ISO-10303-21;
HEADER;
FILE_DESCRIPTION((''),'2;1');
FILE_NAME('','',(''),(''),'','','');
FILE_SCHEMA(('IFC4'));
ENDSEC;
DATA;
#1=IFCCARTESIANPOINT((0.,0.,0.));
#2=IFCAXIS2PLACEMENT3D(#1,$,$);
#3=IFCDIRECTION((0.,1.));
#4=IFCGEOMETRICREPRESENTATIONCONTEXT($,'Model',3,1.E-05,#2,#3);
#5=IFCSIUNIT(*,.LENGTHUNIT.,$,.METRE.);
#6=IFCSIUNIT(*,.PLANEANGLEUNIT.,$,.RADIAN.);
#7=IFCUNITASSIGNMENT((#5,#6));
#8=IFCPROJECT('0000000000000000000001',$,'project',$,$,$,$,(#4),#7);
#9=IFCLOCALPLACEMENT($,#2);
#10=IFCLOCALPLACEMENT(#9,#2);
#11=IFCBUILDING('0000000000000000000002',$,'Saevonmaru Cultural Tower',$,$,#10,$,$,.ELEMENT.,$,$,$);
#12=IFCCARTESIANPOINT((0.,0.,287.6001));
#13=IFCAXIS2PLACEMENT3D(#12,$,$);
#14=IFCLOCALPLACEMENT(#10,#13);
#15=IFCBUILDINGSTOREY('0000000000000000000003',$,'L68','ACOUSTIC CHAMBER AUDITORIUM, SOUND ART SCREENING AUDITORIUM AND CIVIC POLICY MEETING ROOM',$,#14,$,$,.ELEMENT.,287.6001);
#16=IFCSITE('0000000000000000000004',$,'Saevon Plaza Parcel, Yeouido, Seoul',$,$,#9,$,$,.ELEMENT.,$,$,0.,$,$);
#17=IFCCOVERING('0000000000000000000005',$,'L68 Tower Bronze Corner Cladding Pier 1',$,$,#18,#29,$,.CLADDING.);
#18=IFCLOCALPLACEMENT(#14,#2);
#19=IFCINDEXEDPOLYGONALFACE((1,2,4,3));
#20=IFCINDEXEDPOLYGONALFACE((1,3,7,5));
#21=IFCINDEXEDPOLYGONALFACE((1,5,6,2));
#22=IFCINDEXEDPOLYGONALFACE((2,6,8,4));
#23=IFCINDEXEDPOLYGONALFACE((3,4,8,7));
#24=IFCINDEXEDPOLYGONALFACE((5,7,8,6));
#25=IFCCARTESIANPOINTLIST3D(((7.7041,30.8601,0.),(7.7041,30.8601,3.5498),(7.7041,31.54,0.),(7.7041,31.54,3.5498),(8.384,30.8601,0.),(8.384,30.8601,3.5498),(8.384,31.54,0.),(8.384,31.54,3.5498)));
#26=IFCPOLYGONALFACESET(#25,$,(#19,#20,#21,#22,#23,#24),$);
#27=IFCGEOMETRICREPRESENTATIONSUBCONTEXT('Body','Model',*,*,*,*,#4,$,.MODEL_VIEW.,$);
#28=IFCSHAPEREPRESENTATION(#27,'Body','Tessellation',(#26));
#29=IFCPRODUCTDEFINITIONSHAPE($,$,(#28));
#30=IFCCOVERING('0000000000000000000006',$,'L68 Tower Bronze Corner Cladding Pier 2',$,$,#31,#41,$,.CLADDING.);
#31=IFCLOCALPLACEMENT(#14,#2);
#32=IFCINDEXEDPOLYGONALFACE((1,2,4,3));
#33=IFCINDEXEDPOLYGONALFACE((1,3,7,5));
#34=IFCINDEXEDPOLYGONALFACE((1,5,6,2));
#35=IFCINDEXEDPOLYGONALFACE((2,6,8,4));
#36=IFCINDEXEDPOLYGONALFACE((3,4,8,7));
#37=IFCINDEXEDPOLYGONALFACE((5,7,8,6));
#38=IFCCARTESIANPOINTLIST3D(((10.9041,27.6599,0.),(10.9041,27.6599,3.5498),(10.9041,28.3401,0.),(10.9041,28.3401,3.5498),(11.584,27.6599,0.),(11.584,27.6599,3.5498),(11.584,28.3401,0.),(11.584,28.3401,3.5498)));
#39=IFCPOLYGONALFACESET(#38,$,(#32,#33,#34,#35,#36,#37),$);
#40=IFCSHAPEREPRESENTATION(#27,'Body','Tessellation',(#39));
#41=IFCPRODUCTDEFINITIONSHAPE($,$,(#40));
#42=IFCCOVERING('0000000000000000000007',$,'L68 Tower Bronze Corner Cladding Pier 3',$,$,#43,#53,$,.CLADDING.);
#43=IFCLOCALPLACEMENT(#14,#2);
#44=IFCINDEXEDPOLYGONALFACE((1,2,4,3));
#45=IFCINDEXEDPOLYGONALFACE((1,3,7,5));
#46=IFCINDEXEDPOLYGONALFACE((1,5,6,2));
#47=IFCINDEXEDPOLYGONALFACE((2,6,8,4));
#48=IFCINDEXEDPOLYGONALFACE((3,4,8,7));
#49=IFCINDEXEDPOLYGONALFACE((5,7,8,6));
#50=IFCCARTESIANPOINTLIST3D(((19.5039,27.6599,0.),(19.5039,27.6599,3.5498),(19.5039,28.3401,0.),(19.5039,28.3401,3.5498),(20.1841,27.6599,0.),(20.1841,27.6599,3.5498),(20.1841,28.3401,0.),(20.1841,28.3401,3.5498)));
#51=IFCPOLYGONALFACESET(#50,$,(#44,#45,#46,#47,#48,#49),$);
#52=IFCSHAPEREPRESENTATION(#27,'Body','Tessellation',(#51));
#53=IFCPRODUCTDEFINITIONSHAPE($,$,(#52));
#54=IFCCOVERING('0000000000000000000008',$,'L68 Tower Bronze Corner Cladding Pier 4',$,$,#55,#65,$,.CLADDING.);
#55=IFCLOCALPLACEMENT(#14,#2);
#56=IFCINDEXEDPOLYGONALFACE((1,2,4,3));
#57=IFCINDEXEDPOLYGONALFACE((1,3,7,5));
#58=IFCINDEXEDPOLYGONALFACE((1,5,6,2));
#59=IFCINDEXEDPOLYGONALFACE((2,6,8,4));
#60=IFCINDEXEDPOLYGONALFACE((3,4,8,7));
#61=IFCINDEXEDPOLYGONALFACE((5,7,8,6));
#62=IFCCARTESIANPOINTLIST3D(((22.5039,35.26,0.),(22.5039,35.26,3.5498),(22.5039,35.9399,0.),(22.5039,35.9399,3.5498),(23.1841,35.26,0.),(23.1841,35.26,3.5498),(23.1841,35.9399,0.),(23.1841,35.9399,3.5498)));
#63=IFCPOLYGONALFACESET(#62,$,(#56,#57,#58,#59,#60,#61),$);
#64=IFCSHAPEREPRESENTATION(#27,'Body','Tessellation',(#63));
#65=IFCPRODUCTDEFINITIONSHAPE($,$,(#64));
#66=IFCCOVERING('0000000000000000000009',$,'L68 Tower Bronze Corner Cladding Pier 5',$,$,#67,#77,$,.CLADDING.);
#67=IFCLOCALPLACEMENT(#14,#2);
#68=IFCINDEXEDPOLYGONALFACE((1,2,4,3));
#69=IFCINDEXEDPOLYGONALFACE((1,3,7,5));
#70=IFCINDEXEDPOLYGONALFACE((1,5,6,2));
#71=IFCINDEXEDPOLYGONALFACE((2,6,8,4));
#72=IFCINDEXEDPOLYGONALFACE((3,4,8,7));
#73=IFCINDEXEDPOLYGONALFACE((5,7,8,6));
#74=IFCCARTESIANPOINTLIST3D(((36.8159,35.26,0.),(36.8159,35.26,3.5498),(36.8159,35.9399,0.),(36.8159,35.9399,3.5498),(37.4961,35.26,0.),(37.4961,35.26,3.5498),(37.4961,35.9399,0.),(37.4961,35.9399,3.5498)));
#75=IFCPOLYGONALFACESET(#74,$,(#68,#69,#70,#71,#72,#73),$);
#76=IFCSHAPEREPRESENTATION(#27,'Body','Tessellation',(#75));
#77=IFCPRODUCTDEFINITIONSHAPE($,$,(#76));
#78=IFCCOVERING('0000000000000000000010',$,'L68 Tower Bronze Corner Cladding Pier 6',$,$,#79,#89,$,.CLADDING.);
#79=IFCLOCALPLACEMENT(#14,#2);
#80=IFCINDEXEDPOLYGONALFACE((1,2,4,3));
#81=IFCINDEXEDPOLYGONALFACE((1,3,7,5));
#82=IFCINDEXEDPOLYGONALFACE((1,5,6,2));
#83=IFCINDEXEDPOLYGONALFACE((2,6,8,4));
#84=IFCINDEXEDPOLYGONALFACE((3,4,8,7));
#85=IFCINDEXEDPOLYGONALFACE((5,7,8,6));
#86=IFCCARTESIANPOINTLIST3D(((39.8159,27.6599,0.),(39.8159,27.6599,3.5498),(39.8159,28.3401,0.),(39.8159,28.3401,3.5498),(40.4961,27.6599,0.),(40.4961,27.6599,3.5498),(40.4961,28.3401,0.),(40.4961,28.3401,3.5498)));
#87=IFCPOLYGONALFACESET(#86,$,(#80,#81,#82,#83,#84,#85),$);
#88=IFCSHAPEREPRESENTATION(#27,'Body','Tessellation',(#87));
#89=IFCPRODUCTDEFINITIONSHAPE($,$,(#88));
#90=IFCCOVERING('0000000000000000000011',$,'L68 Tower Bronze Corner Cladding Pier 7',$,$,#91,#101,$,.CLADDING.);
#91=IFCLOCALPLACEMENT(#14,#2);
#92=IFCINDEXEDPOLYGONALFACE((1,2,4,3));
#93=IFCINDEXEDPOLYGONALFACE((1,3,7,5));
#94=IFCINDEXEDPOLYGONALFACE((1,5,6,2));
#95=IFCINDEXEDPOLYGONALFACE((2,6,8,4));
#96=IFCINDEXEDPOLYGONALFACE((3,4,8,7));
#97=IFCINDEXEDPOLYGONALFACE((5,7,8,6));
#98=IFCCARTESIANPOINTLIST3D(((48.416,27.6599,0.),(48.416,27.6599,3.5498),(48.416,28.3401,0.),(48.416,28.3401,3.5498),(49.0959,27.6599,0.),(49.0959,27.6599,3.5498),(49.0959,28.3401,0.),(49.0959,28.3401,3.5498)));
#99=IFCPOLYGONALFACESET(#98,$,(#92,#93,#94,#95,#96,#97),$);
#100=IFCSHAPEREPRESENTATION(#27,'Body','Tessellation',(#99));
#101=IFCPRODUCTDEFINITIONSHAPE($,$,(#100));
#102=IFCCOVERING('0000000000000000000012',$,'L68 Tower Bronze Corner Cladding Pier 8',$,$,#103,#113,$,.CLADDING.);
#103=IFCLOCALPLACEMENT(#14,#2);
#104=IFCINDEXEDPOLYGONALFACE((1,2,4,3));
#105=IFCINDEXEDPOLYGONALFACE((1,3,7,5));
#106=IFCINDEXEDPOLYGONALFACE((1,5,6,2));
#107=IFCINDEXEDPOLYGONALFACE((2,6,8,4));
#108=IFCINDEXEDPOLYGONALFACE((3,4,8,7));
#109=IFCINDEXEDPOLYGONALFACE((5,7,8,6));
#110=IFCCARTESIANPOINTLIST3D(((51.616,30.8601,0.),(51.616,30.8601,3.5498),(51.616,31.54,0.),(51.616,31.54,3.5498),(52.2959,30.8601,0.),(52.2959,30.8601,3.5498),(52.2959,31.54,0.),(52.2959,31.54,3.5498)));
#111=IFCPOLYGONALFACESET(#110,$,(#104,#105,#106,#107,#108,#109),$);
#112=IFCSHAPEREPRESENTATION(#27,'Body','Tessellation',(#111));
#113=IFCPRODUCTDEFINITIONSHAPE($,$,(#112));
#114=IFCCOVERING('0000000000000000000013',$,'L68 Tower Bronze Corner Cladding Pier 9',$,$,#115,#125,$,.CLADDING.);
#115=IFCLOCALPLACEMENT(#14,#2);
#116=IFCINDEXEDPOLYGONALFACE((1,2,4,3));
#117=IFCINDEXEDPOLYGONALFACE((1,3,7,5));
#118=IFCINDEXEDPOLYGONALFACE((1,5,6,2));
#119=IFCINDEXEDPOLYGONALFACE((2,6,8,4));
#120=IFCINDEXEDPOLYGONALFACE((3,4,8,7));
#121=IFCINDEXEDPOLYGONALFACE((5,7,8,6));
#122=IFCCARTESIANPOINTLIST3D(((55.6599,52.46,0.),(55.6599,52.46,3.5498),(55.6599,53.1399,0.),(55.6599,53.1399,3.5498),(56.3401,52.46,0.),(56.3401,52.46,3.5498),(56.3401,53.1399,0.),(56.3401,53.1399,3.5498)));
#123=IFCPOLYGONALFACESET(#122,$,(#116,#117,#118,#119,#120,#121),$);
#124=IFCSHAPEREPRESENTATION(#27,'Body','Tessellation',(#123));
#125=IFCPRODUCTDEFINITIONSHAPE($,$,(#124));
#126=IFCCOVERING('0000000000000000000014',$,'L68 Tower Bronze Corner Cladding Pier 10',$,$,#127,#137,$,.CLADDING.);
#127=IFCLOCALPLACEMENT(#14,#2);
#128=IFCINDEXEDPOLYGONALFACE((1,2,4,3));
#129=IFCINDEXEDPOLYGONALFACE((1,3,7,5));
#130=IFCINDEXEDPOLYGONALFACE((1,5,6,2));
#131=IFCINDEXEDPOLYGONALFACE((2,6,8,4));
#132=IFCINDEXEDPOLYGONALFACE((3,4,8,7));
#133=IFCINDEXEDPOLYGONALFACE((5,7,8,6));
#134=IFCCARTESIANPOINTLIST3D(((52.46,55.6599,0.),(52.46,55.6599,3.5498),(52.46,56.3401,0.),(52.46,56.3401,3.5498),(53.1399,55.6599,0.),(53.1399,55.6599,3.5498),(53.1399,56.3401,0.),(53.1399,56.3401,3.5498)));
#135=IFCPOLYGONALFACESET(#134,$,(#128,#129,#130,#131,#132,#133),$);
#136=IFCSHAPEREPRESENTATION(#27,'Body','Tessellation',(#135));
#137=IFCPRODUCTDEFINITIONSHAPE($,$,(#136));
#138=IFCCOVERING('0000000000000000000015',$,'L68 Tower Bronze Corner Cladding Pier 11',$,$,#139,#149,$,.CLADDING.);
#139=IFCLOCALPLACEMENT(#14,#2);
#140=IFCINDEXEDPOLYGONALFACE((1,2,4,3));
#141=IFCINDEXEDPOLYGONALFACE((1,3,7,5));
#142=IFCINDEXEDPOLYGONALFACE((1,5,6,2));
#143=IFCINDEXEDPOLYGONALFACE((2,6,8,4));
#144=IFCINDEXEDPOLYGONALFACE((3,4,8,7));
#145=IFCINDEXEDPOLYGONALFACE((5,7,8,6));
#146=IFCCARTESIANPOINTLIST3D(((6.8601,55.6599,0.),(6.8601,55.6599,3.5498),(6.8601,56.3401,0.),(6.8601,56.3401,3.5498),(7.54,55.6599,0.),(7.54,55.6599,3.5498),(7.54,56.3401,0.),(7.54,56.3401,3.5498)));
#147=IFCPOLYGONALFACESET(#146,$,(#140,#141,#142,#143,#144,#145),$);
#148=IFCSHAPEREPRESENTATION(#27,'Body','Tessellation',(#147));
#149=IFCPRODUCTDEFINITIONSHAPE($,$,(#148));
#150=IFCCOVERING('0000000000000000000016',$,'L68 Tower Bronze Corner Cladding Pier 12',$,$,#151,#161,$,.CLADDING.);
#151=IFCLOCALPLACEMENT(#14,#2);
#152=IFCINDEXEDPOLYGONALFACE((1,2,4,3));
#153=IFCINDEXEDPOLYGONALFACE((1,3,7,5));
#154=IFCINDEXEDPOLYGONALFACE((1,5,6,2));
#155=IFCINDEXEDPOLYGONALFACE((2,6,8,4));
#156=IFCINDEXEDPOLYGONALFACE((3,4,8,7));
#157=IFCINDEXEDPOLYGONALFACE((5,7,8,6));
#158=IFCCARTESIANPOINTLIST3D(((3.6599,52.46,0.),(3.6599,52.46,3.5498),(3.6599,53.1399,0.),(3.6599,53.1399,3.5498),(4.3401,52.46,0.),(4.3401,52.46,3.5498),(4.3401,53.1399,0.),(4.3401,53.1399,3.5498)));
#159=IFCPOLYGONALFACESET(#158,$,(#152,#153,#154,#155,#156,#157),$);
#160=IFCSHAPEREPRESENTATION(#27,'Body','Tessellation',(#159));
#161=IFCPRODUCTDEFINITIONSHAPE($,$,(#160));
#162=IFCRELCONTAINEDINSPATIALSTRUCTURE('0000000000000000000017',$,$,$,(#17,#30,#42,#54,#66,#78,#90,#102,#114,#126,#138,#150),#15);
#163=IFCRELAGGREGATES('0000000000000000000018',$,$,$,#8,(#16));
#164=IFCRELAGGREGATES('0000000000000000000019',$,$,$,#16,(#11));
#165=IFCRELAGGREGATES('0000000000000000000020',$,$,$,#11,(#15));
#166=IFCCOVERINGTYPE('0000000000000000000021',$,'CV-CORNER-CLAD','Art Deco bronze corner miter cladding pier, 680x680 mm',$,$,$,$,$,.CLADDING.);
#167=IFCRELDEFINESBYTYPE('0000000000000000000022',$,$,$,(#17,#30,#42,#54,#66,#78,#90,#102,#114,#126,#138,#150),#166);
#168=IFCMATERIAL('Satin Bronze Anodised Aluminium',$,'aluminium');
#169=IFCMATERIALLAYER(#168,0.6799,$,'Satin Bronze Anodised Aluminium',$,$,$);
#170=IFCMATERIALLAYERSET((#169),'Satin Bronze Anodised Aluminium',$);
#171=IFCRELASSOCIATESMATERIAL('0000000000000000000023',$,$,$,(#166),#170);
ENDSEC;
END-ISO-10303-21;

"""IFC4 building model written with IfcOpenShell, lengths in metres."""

from ifc_helpers import new_model, si_unit, direction, frame, origin, place, context, subcontext, project, spatial, polyline, outline, extrude, material, layer, layer_set, type_object, element, save


model = new_model("IFC4")

# Units and contexts
model_context = context("Model", 3, precision=1e-05, world=origin(), true_north=direction((0.0, 1.0)))
body_context = subcontext(model_context, "Body", "Model", "MODEL_VIEW")
ifc_project = project(units=[si_unit("LENGTHUNIT", "METRE"), si_unit("PLANEANGLEUNIT", "RADIAN")], contexts=[model_context])

# Site, building, storey
site_placement = place(None, origin())
site = spatial("IfcSite", under=ifc_project, at=site_placement, Name="Saevon Plaza Parcel, Yeouido, Seoul", CompositionType="ELEMENT", RefElevation=0.0)
building_placement = place(site_placement, origin())
building = spatial("IfcBuilding", under=site, at=building_placement, Name="Saevonmaru Cultural Tower", CompositionType="ELEMENT")
storey_placement = place(building_placement, frame((0.0, 0.0, 287.6001)))
storey = spatial("IfcBuildingStorey", under=building, at=storey_placement, Name="L68", Description="ACOUSTIC CHAMBER AUDITORIUM, SOUND ART SCREENING AUDITORIUM AND CIVIC POLICY MEETING ROOM", CompositionType="ELEMENT", Elevation=287.6001)

# Shared definitions
ifc_material_1 = material(Name="Satin Bronze Anodised Aluminium", Category="aluminium")

# Coverings
ifc_layer_1 = layer(ifc_material_1, 0.6799, Name="Satin Bronze Anodised Aluminium")
ifc_layer_set_1 = layer_set([ifc_layer_1], Name="Satin Bronze Anodised Aluminium")
covering_type = type_object("IfcCoveringType", Name="CV-CORNER-CLAD", Description="Art Deco bronze corner miter cladding pier, 680x680 mm", PredefinedType="CLADDING", material=ifc_layer_set_1)
covering_1_placement = place(storey_placement, origin())
element("IfcCovering", 1, at=covering_1_placement, inside=storey, type_object=covering_type, Name="L68 Tower Bronze Corner Cladding Pier 1", PredefinedType="CLADDING", context=body_context, shape_type="SweptSolid", body=[
    extrude(outline(polyline([(7.7041, 30.8601), (8.384, 30.8601), (8.384, 31.54), (7.7041, 31.54), (7.7041, 30.8601)])), origin(), (0.0, 0.0, 1.0), 3.5498),
])
covering_2_placement = place(storey_placement, origin())
element("IfcCovering", 2, at=covering_2_placement, inside=storey, type_object=covering_type, Name="L68 Tower Bronze Corner Cladding Pier 2", PredefinedType="CLADDING", context=body_context, shape_type="SweptSolid", body=[
    extrude(outline(polyline([(10.9041, 27.6599), (11.584, 27.6599), (11.584, 28.3401), (10.9041, 28.3401), (10.9041, 27.6599)])), origin(), (0.0, 0.0, 1.0), 3.5498),
])
covering_3_placement = place(storey_placement, origin())
element("IfcCovering", 3, at=covering_3_placement, inside=storey, type_object=covering_type, Name="L68 Tower Bronze Corner Cladding Pier 3", PredefinedType="CLADDING", context=body_context, shape_type="SweptSolid", body=[
    extrude(outline(polyline([(19.5039, 27.6599), (20.1841, 27.6599), (20.1841, 28.3401), (19.5039, 28.3401), (19.5039, 27.6599)])), origin(), (0.0, 0.0, 1.0), 3.5498),
])
covering_4_placement = place(storey_placement, origin())
element("IfcCovering", 4, at=covering_4_placement, inside=storey, type_object=covering_type, Name="L68 Tower Bronze Corner Cladding Pier 4", PredefinedType="CLADDING", context=body_context, shape_type="SweptSolid", body=[
    extrude(outline(polyline([(22.5039, 35.26), (23.1841, 35.26), (23.1841, 35.9399), (22.5039, 35.9399), (22.5039, 35.26)])), origin(), (0.0, 0.0, 1.0), 3.5498),
])
covering_5_placement = place(storey_placement, origin())
element("IfcCovering", 5, at=covering_5_placement, inside=storey, type_object=covering_type, Name="L68 Tower Bronze Corner Cladding Pier 5", PredefinedType="CLADDING", context=body_context, shape_type="SweptSolid", body=[
    extrude(outline(polyline([(36.8159, 35.26), (37.4961, 35.26), (37.4961, 35.9399), (36.8159, 35.9399), (36.8159, 35.26)])), origin(), (0.0, 0.0, 1.0), 3.5498),
])
covering_6_placement = place(storey_placement, origin())
element("IfcCovering", 6, at=covering_6_placement, inside=storey, type_object=covering_type, Name="L68 Tower Bronze Corner Cladding Pier 6", PredefinedType="CLADDING", context=body_context, shape_type="SweptSolid", body=[
    extrude(outline(polyline([(39.8159, 27.6599), (40.4961, 27.6599), (40.4961, 28.3401), (39.8159, 28.3401), (39.8159, 27.6599)])), origin(), (0.0, 0.0, 1.0), 3.5498),
])
covering_7_placement = place(storey_placement, origin())
element("IfcCovering", 7, at=covering_7_placement, inside=storey, type_object=covering_type, Name="L68 Tower Bronze Corner Cladding Pier 7", PredefinedType="CLADDING", context=body_context, shape_type="SweptSolid", body=[
    extrude(outline(polyline([(48.416, 27.6599), (49.0959, 27.6599), (49.0959, 28.3401), (48.416, 28.3401), (48.416, 27.6599)])), origin(), (0.0, 0.0, 1.0), 3.5498),
])
covering_8_placement = place(storey_placement, origin())
element("IfcCovering", 8, at=covering_8_placement, inside=storey, type_object=covering_type, Name="L68 Tower Bronze Corner Cladding Pier 8", PredefinedType="CLADDING", context=body_context, shape_type="SweptSolid", body=[
    extrude(outline(polyline([(51.616, 30.8601), (52.2959, 30.8601), (52.2959, 31.54), (51.616, 31.54), (51.616, 30.8601)])), origin(), (0.0, 0.0, 1.0), 3.5498),
])
covering_9_placement = place(storey_placement, origin())
element("IfcCovering", 9, at=covering_9_placement, inside=storey, type_object=covering_type, Name="L68 Tower Bronze Corner Cladding Pier 9", PredefinedType="CLADDING", context=body_context, shape_type="SweptSolid", body=[
    extrude(outline(polyline([(55.6599, 52.46), (56.3401, 52.46), (56.3401, 53.1399), (55.6599, 53.1399), (55.6599, 52.46)])), origin(), (0.0, 0.0, 1.0), 3.5498),
])
covering_10_placement = place(storey_placement, origin())
element("IfcCovering", 10, at=covering_10_placement, inside=storey, type_object=covering_type, Name="L68 Tower Bronze Corner Cladding Pier 10", PredefinedType="CLADDING", context=body_context, shape_type="SweptSolid", body=[
    extrude(outline(polyline([(52.46, 55.6599), (53.1399, 55.6599), (53.1399, 56.3401), (52.46, 56.3401), (52.46, 55.6599)])), origin(), (0.0, 0.0, 1.0), 3.5498),
])
covering_11_placement = place(storey_placement, origin())
element("IfcCovering", 11, at=covering_11_placement, inside=storey, type_object=covering_type, Name="L68 Tower Bronze Corner Cladding Pier 11", PredefinedType="CLADDING", context=body_context, shape_type="SweptSolid", body=[
    extrude(outline(polyline([(6.8601, 55.6599), (7.54, 55.6599), (7.54, 56.3401), (6.8601, 56.3401), (6.8601, 55.6599)])), origin(), (0.0, 0.0, 1.0), 3.5498),
])
covering_12_placement = place(storey_placement, origin())
element("IfcCovering", 12, at=covering_12_placement, inside=storey, type_object=covering_type, Name="L68 Tower Bronze Corner Cladding Pier 12", PredefinedType="CLADDING", context=body_context, shape_type="SweptSolid", body=[
    extrude(outline(polyline([(3.6599, 52.46), (4.3401, 52.46), (4.3401, 53.1399), (3.6599, 53.1399), (3.6599, 52.46)])), origin(), (0.0, 0.0, 1.0), 3.5498),
])

save(model, "model.ifc")
